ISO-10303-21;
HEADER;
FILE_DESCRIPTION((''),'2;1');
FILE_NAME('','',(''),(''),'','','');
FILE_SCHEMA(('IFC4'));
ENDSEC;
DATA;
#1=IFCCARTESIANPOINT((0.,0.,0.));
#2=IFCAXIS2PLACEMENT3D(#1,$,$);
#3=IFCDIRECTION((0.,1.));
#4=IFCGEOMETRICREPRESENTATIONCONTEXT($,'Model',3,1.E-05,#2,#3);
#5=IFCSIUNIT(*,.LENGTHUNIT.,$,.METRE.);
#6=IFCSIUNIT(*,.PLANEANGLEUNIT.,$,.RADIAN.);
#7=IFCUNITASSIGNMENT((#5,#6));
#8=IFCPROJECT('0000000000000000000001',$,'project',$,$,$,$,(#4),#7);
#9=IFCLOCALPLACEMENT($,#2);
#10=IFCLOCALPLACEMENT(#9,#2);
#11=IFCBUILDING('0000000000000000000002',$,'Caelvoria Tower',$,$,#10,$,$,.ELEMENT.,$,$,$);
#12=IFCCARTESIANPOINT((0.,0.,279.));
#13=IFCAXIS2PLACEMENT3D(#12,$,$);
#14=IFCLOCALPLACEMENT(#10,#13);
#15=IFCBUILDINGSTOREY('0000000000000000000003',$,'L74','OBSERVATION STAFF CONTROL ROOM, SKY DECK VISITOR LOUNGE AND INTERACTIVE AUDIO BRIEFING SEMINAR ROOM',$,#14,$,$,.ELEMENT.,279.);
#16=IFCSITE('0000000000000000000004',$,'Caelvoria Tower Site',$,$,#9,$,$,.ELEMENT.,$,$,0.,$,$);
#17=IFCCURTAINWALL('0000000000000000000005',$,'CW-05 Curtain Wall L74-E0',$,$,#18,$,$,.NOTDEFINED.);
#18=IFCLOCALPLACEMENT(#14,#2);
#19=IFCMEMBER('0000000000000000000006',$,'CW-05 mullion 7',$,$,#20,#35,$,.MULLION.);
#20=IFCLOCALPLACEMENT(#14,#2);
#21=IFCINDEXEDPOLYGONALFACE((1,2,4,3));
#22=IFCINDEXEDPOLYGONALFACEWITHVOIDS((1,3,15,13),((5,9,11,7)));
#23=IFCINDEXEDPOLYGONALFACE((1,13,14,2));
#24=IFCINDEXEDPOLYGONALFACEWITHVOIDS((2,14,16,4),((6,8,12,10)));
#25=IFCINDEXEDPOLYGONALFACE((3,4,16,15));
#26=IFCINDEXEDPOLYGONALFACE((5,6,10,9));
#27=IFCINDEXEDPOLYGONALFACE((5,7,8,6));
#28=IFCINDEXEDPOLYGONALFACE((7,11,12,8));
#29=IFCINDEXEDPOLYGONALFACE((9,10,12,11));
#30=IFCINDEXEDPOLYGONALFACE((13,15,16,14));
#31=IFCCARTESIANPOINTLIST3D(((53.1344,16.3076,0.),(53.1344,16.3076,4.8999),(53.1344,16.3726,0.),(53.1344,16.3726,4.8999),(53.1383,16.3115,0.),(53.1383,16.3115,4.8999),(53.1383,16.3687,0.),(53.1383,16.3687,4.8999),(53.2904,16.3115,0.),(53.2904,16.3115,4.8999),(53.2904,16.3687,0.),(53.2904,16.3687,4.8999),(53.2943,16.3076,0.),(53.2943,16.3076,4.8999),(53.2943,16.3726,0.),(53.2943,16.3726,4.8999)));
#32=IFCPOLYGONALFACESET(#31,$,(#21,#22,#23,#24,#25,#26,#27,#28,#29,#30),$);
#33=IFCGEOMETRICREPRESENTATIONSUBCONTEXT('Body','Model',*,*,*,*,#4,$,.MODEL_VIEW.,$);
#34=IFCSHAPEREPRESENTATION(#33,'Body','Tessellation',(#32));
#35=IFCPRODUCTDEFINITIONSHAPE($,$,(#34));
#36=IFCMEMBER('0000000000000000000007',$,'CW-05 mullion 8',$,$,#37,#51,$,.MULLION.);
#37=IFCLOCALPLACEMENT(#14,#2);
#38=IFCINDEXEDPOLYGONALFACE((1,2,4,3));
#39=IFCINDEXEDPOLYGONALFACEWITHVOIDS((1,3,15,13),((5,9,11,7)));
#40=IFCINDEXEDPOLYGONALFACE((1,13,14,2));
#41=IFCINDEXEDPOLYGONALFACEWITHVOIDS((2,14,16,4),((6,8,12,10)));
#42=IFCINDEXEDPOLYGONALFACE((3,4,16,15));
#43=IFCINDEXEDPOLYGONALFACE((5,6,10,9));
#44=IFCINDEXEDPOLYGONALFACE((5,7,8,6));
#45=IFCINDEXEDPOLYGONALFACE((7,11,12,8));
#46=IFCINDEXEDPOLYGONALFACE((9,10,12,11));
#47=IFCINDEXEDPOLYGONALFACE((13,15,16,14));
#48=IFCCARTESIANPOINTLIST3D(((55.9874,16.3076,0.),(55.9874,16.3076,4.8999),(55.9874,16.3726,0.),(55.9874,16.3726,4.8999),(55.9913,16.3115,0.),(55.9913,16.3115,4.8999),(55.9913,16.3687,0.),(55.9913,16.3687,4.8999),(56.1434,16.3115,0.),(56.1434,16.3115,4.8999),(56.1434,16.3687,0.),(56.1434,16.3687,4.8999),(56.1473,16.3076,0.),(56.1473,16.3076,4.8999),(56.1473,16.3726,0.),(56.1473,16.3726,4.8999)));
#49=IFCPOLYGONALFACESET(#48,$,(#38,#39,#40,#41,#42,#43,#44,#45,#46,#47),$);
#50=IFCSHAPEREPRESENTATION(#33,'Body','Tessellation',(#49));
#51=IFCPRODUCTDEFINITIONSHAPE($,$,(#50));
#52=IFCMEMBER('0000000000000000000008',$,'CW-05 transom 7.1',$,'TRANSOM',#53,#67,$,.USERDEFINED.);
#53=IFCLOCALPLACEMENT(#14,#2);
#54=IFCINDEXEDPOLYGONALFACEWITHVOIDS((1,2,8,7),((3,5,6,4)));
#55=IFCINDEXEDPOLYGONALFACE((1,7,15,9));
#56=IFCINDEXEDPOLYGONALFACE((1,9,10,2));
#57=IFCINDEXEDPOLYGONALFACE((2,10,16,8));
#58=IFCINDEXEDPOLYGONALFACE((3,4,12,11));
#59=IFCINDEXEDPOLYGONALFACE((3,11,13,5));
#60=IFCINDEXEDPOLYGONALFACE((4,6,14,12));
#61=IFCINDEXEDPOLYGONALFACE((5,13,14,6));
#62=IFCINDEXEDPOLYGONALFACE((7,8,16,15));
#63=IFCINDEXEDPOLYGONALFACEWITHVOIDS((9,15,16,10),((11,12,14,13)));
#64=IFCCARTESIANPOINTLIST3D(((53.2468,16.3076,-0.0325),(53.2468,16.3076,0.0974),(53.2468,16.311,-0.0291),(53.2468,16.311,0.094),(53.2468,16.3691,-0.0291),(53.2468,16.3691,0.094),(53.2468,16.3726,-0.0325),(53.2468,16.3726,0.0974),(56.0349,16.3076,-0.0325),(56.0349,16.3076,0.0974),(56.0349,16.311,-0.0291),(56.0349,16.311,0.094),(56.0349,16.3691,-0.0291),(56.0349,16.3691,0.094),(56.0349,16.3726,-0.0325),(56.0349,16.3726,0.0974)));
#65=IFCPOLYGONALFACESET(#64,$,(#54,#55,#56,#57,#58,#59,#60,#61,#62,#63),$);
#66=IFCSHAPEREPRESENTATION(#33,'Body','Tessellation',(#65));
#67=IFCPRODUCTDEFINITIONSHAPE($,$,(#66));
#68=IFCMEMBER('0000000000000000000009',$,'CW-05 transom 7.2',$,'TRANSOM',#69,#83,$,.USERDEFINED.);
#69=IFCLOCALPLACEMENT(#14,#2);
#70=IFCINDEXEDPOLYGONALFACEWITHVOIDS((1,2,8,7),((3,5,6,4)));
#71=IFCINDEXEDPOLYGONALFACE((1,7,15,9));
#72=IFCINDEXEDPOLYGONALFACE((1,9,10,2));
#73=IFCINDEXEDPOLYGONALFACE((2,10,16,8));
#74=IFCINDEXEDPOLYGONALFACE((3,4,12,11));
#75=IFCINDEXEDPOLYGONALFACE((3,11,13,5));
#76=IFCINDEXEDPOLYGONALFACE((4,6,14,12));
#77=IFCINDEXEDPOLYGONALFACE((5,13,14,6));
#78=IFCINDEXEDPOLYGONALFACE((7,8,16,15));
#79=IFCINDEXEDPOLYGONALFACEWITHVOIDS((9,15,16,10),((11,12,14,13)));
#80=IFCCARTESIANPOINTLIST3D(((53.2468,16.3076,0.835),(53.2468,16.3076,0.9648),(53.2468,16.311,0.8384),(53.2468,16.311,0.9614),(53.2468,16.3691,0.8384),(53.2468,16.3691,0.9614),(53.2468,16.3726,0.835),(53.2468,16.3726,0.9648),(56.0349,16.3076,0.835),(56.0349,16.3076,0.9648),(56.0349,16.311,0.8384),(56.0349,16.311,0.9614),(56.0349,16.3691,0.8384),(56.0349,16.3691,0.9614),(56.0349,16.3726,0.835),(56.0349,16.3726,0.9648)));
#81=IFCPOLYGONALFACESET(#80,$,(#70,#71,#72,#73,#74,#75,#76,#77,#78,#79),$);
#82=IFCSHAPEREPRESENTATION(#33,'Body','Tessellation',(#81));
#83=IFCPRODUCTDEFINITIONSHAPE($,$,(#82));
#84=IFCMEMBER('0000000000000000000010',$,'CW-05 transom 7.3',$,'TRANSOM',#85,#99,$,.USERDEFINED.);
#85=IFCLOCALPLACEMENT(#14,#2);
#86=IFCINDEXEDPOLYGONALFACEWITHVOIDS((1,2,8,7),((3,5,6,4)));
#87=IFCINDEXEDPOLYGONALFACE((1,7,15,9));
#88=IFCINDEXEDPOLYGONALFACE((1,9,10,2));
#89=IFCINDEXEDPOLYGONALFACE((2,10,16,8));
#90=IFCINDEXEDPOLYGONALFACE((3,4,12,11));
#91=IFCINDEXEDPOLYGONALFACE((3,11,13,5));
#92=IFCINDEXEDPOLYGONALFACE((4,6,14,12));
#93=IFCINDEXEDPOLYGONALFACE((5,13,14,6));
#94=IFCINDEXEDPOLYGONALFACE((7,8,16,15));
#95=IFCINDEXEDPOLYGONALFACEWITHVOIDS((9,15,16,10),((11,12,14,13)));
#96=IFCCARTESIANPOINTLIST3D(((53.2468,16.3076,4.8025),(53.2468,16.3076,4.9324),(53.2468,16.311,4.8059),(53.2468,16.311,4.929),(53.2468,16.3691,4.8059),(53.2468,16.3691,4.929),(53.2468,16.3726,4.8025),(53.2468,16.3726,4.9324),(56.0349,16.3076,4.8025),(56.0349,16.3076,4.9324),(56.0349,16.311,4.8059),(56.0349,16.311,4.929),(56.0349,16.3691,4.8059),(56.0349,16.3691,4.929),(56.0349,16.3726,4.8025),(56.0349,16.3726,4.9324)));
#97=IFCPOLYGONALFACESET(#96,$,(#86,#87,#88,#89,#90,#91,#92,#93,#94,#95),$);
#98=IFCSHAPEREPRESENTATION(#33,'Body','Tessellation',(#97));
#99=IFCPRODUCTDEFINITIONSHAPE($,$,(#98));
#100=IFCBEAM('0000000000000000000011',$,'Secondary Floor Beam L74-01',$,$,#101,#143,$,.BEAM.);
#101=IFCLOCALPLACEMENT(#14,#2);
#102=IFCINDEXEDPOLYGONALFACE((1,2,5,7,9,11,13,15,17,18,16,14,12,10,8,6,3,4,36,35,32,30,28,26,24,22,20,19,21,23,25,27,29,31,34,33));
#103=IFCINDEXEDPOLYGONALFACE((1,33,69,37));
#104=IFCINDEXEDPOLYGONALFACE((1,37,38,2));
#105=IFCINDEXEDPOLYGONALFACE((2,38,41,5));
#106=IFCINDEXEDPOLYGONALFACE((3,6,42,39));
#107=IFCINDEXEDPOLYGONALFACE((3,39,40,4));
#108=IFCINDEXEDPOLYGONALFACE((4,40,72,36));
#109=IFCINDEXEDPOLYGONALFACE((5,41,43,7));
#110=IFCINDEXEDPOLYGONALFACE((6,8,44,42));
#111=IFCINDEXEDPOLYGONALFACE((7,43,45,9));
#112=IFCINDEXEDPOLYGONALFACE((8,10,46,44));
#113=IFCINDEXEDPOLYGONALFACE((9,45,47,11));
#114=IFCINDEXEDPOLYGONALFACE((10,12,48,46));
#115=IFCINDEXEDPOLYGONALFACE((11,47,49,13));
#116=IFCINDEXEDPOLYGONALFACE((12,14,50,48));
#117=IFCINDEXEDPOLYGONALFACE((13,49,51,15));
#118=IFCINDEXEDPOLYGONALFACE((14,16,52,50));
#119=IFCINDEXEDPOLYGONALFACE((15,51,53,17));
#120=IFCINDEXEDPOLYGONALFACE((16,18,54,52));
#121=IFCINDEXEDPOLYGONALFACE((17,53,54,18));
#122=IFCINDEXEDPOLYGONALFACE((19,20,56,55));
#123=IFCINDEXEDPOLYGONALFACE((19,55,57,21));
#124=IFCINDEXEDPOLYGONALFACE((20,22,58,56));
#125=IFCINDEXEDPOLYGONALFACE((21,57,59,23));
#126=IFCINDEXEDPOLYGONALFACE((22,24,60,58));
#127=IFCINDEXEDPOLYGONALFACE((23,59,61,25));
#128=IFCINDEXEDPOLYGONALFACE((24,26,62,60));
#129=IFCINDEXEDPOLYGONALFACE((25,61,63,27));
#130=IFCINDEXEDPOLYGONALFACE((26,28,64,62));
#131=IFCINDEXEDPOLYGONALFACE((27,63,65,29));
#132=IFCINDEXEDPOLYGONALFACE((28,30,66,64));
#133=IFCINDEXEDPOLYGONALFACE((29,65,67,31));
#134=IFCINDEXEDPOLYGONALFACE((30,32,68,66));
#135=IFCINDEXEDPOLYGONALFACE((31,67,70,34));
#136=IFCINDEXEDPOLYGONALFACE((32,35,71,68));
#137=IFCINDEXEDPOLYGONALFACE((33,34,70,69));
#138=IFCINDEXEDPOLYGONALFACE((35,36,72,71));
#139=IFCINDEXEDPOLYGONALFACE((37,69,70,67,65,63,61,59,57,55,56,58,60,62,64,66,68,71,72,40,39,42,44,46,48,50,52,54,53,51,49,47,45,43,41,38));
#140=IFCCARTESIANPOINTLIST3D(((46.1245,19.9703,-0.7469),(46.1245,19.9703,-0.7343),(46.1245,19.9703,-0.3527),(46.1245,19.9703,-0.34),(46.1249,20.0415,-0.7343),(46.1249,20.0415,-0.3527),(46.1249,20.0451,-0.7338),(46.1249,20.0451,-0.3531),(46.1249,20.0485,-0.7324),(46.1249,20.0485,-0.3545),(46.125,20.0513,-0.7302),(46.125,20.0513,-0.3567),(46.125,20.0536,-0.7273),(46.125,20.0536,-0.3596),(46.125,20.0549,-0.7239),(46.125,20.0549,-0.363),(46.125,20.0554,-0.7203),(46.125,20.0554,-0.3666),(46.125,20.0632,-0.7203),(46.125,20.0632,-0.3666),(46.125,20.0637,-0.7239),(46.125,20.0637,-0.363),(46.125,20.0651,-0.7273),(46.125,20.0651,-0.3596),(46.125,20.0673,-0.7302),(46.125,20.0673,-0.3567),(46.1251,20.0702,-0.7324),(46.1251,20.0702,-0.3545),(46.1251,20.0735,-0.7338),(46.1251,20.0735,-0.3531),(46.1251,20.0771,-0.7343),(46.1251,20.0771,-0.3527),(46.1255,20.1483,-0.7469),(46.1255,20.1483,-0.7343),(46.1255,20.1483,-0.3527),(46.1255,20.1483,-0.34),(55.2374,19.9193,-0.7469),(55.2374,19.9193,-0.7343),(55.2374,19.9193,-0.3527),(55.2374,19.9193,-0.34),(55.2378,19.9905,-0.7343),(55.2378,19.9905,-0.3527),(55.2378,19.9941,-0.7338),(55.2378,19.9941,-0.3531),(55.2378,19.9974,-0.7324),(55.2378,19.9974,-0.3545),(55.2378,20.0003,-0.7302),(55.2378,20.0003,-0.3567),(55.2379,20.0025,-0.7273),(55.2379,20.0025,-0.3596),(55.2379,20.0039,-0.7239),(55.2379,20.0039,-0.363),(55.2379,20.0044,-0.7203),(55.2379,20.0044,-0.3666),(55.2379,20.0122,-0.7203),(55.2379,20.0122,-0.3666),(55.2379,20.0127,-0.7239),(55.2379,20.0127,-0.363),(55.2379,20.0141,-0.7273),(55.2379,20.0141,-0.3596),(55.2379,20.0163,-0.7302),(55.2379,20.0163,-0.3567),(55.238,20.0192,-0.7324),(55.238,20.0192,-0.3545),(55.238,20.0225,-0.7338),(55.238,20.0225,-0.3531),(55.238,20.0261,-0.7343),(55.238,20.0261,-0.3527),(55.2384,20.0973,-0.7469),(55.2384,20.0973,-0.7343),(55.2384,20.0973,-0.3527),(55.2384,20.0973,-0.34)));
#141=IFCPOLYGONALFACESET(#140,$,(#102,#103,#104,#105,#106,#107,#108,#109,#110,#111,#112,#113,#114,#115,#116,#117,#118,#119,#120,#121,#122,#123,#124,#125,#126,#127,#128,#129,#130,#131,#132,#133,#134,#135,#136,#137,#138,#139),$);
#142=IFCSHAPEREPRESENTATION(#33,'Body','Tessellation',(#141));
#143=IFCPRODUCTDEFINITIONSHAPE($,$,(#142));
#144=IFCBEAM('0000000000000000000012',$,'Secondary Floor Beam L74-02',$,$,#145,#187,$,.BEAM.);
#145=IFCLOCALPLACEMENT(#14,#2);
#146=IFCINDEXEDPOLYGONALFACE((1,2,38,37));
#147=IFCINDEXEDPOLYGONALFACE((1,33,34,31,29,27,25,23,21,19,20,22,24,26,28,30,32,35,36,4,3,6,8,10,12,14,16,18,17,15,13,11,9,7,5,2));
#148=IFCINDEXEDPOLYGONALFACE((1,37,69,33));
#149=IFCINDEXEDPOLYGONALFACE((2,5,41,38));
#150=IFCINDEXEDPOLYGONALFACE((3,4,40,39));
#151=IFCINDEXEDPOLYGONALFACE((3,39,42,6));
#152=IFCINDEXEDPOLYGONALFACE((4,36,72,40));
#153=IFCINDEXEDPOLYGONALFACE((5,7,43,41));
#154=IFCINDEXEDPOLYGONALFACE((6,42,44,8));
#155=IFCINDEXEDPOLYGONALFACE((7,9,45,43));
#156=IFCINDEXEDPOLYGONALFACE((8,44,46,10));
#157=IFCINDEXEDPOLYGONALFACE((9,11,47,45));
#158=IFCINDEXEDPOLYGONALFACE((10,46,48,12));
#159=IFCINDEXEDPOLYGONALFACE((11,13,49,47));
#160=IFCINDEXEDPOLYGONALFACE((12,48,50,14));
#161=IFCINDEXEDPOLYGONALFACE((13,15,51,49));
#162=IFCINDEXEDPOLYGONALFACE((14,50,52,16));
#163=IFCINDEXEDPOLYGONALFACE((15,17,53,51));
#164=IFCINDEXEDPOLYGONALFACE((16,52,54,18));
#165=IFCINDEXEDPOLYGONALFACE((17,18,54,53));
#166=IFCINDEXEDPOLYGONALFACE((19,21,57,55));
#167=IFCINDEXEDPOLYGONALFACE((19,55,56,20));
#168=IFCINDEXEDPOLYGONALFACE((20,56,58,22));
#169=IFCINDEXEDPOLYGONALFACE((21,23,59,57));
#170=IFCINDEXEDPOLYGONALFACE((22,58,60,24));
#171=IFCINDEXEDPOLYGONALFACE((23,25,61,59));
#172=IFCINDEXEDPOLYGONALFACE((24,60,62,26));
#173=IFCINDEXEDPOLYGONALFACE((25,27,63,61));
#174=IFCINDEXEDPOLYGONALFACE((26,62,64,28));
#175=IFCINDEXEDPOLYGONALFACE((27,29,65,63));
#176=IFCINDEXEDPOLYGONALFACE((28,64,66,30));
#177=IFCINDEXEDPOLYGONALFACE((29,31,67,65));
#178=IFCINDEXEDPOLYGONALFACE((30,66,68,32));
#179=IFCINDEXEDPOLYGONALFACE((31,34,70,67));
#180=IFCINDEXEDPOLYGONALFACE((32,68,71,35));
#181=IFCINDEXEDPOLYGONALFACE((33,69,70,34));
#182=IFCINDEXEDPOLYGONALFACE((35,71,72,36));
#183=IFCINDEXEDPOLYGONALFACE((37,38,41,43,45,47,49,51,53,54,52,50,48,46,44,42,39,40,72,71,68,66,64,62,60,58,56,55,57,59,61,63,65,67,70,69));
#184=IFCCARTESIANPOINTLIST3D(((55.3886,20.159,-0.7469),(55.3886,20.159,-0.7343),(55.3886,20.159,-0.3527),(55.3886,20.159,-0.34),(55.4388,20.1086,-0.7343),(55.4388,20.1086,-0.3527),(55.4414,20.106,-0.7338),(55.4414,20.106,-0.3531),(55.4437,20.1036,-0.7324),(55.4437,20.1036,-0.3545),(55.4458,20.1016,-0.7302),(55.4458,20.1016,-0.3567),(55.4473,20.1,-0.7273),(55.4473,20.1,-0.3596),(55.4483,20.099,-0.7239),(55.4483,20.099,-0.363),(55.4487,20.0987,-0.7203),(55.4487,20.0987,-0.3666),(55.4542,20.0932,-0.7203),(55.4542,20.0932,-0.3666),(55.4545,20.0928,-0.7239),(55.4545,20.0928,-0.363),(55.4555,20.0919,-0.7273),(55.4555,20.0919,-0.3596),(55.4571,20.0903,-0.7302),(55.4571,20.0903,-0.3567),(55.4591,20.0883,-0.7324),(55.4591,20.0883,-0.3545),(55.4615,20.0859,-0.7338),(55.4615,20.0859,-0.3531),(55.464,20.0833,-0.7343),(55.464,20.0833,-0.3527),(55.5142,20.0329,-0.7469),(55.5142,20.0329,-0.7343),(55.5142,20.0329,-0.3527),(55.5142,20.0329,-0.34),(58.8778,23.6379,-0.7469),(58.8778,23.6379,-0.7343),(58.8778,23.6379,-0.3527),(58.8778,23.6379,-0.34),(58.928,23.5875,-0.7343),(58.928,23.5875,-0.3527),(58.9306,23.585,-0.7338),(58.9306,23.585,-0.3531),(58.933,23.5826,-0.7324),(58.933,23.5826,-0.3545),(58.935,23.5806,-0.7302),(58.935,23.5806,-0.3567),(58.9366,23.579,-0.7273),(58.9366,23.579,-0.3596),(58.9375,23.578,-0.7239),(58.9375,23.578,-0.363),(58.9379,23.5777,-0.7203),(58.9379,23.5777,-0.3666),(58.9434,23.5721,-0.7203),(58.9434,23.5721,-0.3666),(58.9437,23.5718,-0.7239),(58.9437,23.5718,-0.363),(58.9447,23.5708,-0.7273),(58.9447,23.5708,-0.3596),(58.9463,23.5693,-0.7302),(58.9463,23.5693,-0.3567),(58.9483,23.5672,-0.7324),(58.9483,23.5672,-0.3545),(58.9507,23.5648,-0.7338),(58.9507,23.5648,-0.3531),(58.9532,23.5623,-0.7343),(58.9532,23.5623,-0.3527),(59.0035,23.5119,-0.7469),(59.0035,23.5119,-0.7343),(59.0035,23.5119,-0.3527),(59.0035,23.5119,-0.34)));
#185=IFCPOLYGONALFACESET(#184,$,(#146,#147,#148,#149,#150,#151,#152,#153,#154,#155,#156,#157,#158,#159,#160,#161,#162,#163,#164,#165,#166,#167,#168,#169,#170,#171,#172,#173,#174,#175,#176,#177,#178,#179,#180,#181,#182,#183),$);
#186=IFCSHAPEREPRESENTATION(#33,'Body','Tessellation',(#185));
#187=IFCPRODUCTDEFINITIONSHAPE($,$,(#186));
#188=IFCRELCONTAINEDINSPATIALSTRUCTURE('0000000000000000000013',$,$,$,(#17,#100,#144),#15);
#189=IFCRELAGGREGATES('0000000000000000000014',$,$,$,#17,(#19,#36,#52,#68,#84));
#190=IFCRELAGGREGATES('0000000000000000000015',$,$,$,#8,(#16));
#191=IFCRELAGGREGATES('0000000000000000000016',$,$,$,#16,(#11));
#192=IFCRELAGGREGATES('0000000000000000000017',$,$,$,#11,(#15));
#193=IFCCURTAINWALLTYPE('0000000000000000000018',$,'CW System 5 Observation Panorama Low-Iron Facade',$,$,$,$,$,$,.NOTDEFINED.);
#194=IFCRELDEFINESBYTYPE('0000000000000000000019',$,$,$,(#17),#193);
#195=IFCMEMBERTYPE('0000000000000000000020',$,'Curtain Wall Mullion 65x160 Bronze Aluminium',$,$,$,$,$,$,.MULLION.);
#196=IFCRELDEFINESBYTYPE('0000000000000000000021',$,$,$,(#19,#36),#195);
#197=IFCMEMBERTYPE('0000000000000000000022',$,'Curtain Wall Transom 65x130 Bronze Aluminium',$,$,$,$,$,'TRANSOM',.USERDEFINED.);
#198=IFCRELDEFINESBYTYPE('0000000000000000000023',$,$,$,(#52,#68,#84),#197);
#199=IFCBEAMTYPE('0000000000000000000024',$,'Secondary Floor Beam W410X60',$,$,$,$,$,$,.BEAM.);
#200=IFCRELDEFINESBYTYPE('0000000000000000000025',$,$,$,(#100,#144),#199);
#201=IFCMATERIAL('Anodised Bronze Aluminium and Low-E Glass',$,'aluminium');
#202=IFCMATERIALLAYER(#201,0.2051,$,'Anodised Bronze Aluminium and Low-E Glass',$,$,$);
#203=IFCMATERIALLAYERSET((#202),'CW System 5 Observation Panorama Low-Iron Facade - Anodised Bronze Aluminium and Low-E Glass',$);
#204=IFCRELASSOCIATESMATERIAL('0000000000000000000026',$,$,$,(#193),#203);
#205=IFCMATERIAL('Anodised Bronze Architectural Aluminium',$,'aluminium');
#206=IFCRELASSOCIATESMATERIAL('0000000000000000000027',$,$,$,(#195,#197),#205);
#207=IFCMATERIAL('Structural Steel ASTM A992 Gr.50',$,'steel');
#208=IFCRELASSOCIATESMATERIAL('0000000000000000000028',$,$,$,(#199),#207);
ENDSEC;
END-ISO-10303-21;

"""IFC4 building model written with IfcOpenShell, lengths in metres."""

from ifc_helpers import new_model, si_unit, direction, frame, origin, origin_2d, place, context, subcontext, project, spatial, hollow_rectangle, i_section, extrude, material, layer, layer_set, material_profile, profile_set, type_object, element, aggregate, save


model = new_model("IFC4")

# Units and contexts
model_context = context("Model", 3, precision=1e-05, world=origin(), true_north=direction((0.0, 1.0)))
body_context = subcontext(model_context, "Body", "Model", "MODEL_VIEW")
ifc_project = project(units=[si_unit("LENGTHUNIT", "METRE"), si_unit("PLANEANGLEUNIT", "RADIAN")], contexts=[model_context])

# Site, building, storey
site_placement = place(None, origin())
site = spatial("IfcSite", under=ifc_project, at=site_placement, Name="Caelvoria Tower Site", CompositionType="ELEMENT", RefElevation=0.0)
building_placement = place(site_placement, origin())
building = spatial("IfcBuilding", under=site, at=building_placement, Name="Caelvoria Tower", CompositionType="ELEMENT")
storey_placement = place(building_placement, frame((0.0, 0.0, 279.0)))
storey = spatial("IfcBuildingStorey", under=building, at=storey_placement, Name="L74", Description="OBSERVATION STAFF CONTROL ROOM, SKY DECK VISITOR LOUNGE AND INTERACTIVE AUDIO BRIEFING SEMINAR ROOM", CompositionType="ELEMENT", Elevation=279.0)

# Curtain wall, members
ifc_material_1 = material(Name="Anodised Bronze Aluminium and Low-E Glass", Category="aluminium")
ifc_layer_1 = layer(ifc_material_1, 0.2051, Name="Anodised Bronze Aluminium and Low-E Glass")
ifc_layer_set_1 = layer_set([ifc_layer_1], Name="CW System 5 Observation Panorama Low-Iron Facade - Anodised Bronze Aluminium and Low-E Glass")
curtain_wall_type = type_object("IfcCurtainWallType", Name="CW System 5 Observation Panorama Low-Iron Facade", PredefinedType="NOTDEFINED", material=ifc_layer_set_1)
curtain_wall_1_placement = place(storey_placement, origin())
curtain_wall_1 = element("IfcCurtainWall", 1, at=curtain_wall_1_placement, inside=storey, type_object=curtain_wall_type, Name="CW-05 Curtain Wall L74-E0", PredefinedType="NOTDEFINED")
ifc_material_2 = material(Name="Anodised Bronze Architectural Aluminium", Category="aluminium")
ifc_material_profile_1 = material_profile(ifc_material_2, hollow_rectangle(XDim=0.0649, YDim=0.1599, WallThickness=0.0039, at=origin_2d()), Name="Anodised Bronze Architectural Aluminium")
ifc_profile_set_1 = profile_set([ifc_material_profile_1], Name="CW_MULL_65X160 - Anodised Bronze Architectural Aluminium")
member_type_1 = type_object("IfcMemberType", Name="Curtain Wall Mullion 65x160 Bronze Aluminium", PredefinedType="MULLION", material=ifc_profile_set_1)
member_1_placement = place(storey_placement, frame((53.2144, 16.3401, 0.0), z_axis=(0.0, 0.0, 1.0), x_axis=(0.0, 1.0, 0.0)))
member_1 = element("IfcMember", 2, at=member_1_placement, type_object=member_type_1, Name="CW-05 mullion 7", PredefinedType="MULLION", context=body_context, shape_type="SweptSolid", body=[
    extrude(hollow_rectangle(XDim=0.0649, YDim=0.1599, WallThickness=0.0039, at=origin_2d()), origin(), (0.0, 0.0, 1.0), 4.8999),
])
member_2_placement = place(storey_placement, frame((56.0674, 16.3401, 0.0), z_axis=(0.0, 0.0, 1.0), x_axis=(0.0, 1.0, 0.0)))
member_2 = element("IfcMember", 3, at=member_2_placement, type_object=member_type_1, Name="CW-05 mullion 8", PredefinedType="MULLION", context=body_context, shape_type="SweptSolid", body=[
    extrude(hollow_rectangle(XDim=0.0649, YDim=0.1599, WallThickness=0.0039, at=origin_2d()), origin(), (0.0, 0.0, 1.0), 4.8999),
])
ifc_material_profile_2 = material_profile(ifc_material_2, hollow_rectangle(XDim=0.0649, YDim=0.1299, WallThickness=0.0034, at=origin_2d()), Name="Anodised Bronze Architectural Aluminium")
ifc_profile_set_2 = profile_set([ifc_material_profile_2], Name="CW_TRAN_65X130 - Anodised Bronze Architectural Aluminium")
member_type_2 = type_object("IfcMemberType", Name="Curtain Wall Transom 65x130 Bronze Aluminium", ElementType="TRANSOM", PredefinedType="USERDEFINED", material=ifc_profile_set_2)
member_3_placement = place(storey_placement, frame((53.2468, 16.3401, 0.0325), z_axis=(1.0, 0.0, 0.0), x_axis=(0.0, 1.0, 0.0)))
member_3 = element("IfcMember", 4, at=member_3_placement, type_object=member_type_2, Name="CW-05 transom 7.1", ObjectType="TRANSOM", PredefinedType="USERDEFINED", context=body_context, shape_type="SweptSolid", body=[
    extrude(hollow_rectangle(XDim=0.0649, YDim=0.1299, WallThickness=0.0034, at=origin_2d()), origin(), (0.0, 0.0, 1.0), 2.7881),
])
member_4_placement = place(storey_placement, frame((53.2468, 16.3401, 0.8999), z_axis=(1.0, 0.0, 0.0), x_axis=(0.0, 1.0, 0.0)))
member_4 = element("IfcMember", 5, at=member_4_placement, type_object=member_type_2, Name="CW-05 transom 7.2", ObjectType="TRANSOM", PredefinedType="USERDEFINED", context=body_context, shape_type="SweptSolid", body=[
    extrude(hollow_rectangle(XDim=0.0649, YDim=0.1299, WallThickness=0.0034, at=origin_2d()), origin(), (0.0, 0.0, 1.0), 2.7881),
])
member_5_placement = place(storey_placement, frame((53.2468, 16.3401, 4.8674), z_axis=(1.0, 0.0, 0.0), x_axis=(0.0, 1.0, 0.0)))
member_5 = element("IfcMember", 6, at=member_5_placement, type_object=member_type_2, Name="CW-05 transom 7.3", ObjectType="TRANSOM", PredefinedType="USERDEFINED", context=body_context, shape_type="SweptSolid", body=[
    extrude(hollow_rectangle(XDim=0.0649, YDim=0.1299, WallThickness=0.0034, at=origin_2d()), origin(), (0.0, 0.0, 1.0), 2.7881),
])

# Beams
ifc_material_3 = material(Name="Structural Steel ASTM A992 Gr.50", Category="steel")
ifc_material_profile_3 = material_profile(ifc_material_3, i_section(OverallWidth=0.178, OverallDepth=0.407, WebThickness=0.0078, FlangeThickness=0.0127, FilletRadius=0.0139, at=origin_2d()), Name="Structural Steel ASTM A992 Gr.50")
ifc_profile_set_3 = profile_set([ifc_material_profile_3], Name="W410X60 - Structural Steel ASTM A992 Gr.50")
beam_type = type_object("IfcBeamType", Name="Secondary Floor Beam W410X60", PredefinedType="BEAM", material=ifc_profile_set_3)
beam_1_placement = place(storey_placement, frame((46.125, 20.0593, -0.5435), z_axis=(0.999984, -0.005599, 0.0), x_axis=(0.005599, 0.999984, 0.0)))
element("IfcBeam", 7, at=beam_1_placement, inside=storey, type_object=beam_type, Name="Secondary Floor Beam L74-01", PredefinedType="BEAM", context=body_context, shape_type="SweptSolid", body=[
    extrude(i_section(OverallWidth=0.178, OverallDepth=0.407, WebThickness=0.0078, FlangeThickness=0.0127, FilletRadius=0.0139, at=origin_2d()), origin(), (0.0, 0.0, 1.0), 9.113),
])
beam_2_placement = place(storey_placement, frame((55.4514, 20.0959, -0.5435), z_axis=(0.708147, 0.706065, 0.0), x_axis=(-0.706065, 0.708147, 0.0)))
element("IfcBeam", 8, at=beam_2_placement, inside=storey, type_object=beam_type, Name="Secondary Floor Beam L74-02", PredefinedType="BEAM", context=body_context, shape_type="SweptSolid", body=[
    extrude(i_section(OverallWidth=0.178, OverallDepth=0.407, WebThickness=0.0078, FlangeThickness=0.0127, FilletRadius=0.0139, at=origin_2d()), origin(), (0.0, 0.0, 1.0), 4.9272),
])

aggregate(curtain_wall_1, [member_1, member_2, member_3, member_4, member_5])

save(model, "model.ifc")
